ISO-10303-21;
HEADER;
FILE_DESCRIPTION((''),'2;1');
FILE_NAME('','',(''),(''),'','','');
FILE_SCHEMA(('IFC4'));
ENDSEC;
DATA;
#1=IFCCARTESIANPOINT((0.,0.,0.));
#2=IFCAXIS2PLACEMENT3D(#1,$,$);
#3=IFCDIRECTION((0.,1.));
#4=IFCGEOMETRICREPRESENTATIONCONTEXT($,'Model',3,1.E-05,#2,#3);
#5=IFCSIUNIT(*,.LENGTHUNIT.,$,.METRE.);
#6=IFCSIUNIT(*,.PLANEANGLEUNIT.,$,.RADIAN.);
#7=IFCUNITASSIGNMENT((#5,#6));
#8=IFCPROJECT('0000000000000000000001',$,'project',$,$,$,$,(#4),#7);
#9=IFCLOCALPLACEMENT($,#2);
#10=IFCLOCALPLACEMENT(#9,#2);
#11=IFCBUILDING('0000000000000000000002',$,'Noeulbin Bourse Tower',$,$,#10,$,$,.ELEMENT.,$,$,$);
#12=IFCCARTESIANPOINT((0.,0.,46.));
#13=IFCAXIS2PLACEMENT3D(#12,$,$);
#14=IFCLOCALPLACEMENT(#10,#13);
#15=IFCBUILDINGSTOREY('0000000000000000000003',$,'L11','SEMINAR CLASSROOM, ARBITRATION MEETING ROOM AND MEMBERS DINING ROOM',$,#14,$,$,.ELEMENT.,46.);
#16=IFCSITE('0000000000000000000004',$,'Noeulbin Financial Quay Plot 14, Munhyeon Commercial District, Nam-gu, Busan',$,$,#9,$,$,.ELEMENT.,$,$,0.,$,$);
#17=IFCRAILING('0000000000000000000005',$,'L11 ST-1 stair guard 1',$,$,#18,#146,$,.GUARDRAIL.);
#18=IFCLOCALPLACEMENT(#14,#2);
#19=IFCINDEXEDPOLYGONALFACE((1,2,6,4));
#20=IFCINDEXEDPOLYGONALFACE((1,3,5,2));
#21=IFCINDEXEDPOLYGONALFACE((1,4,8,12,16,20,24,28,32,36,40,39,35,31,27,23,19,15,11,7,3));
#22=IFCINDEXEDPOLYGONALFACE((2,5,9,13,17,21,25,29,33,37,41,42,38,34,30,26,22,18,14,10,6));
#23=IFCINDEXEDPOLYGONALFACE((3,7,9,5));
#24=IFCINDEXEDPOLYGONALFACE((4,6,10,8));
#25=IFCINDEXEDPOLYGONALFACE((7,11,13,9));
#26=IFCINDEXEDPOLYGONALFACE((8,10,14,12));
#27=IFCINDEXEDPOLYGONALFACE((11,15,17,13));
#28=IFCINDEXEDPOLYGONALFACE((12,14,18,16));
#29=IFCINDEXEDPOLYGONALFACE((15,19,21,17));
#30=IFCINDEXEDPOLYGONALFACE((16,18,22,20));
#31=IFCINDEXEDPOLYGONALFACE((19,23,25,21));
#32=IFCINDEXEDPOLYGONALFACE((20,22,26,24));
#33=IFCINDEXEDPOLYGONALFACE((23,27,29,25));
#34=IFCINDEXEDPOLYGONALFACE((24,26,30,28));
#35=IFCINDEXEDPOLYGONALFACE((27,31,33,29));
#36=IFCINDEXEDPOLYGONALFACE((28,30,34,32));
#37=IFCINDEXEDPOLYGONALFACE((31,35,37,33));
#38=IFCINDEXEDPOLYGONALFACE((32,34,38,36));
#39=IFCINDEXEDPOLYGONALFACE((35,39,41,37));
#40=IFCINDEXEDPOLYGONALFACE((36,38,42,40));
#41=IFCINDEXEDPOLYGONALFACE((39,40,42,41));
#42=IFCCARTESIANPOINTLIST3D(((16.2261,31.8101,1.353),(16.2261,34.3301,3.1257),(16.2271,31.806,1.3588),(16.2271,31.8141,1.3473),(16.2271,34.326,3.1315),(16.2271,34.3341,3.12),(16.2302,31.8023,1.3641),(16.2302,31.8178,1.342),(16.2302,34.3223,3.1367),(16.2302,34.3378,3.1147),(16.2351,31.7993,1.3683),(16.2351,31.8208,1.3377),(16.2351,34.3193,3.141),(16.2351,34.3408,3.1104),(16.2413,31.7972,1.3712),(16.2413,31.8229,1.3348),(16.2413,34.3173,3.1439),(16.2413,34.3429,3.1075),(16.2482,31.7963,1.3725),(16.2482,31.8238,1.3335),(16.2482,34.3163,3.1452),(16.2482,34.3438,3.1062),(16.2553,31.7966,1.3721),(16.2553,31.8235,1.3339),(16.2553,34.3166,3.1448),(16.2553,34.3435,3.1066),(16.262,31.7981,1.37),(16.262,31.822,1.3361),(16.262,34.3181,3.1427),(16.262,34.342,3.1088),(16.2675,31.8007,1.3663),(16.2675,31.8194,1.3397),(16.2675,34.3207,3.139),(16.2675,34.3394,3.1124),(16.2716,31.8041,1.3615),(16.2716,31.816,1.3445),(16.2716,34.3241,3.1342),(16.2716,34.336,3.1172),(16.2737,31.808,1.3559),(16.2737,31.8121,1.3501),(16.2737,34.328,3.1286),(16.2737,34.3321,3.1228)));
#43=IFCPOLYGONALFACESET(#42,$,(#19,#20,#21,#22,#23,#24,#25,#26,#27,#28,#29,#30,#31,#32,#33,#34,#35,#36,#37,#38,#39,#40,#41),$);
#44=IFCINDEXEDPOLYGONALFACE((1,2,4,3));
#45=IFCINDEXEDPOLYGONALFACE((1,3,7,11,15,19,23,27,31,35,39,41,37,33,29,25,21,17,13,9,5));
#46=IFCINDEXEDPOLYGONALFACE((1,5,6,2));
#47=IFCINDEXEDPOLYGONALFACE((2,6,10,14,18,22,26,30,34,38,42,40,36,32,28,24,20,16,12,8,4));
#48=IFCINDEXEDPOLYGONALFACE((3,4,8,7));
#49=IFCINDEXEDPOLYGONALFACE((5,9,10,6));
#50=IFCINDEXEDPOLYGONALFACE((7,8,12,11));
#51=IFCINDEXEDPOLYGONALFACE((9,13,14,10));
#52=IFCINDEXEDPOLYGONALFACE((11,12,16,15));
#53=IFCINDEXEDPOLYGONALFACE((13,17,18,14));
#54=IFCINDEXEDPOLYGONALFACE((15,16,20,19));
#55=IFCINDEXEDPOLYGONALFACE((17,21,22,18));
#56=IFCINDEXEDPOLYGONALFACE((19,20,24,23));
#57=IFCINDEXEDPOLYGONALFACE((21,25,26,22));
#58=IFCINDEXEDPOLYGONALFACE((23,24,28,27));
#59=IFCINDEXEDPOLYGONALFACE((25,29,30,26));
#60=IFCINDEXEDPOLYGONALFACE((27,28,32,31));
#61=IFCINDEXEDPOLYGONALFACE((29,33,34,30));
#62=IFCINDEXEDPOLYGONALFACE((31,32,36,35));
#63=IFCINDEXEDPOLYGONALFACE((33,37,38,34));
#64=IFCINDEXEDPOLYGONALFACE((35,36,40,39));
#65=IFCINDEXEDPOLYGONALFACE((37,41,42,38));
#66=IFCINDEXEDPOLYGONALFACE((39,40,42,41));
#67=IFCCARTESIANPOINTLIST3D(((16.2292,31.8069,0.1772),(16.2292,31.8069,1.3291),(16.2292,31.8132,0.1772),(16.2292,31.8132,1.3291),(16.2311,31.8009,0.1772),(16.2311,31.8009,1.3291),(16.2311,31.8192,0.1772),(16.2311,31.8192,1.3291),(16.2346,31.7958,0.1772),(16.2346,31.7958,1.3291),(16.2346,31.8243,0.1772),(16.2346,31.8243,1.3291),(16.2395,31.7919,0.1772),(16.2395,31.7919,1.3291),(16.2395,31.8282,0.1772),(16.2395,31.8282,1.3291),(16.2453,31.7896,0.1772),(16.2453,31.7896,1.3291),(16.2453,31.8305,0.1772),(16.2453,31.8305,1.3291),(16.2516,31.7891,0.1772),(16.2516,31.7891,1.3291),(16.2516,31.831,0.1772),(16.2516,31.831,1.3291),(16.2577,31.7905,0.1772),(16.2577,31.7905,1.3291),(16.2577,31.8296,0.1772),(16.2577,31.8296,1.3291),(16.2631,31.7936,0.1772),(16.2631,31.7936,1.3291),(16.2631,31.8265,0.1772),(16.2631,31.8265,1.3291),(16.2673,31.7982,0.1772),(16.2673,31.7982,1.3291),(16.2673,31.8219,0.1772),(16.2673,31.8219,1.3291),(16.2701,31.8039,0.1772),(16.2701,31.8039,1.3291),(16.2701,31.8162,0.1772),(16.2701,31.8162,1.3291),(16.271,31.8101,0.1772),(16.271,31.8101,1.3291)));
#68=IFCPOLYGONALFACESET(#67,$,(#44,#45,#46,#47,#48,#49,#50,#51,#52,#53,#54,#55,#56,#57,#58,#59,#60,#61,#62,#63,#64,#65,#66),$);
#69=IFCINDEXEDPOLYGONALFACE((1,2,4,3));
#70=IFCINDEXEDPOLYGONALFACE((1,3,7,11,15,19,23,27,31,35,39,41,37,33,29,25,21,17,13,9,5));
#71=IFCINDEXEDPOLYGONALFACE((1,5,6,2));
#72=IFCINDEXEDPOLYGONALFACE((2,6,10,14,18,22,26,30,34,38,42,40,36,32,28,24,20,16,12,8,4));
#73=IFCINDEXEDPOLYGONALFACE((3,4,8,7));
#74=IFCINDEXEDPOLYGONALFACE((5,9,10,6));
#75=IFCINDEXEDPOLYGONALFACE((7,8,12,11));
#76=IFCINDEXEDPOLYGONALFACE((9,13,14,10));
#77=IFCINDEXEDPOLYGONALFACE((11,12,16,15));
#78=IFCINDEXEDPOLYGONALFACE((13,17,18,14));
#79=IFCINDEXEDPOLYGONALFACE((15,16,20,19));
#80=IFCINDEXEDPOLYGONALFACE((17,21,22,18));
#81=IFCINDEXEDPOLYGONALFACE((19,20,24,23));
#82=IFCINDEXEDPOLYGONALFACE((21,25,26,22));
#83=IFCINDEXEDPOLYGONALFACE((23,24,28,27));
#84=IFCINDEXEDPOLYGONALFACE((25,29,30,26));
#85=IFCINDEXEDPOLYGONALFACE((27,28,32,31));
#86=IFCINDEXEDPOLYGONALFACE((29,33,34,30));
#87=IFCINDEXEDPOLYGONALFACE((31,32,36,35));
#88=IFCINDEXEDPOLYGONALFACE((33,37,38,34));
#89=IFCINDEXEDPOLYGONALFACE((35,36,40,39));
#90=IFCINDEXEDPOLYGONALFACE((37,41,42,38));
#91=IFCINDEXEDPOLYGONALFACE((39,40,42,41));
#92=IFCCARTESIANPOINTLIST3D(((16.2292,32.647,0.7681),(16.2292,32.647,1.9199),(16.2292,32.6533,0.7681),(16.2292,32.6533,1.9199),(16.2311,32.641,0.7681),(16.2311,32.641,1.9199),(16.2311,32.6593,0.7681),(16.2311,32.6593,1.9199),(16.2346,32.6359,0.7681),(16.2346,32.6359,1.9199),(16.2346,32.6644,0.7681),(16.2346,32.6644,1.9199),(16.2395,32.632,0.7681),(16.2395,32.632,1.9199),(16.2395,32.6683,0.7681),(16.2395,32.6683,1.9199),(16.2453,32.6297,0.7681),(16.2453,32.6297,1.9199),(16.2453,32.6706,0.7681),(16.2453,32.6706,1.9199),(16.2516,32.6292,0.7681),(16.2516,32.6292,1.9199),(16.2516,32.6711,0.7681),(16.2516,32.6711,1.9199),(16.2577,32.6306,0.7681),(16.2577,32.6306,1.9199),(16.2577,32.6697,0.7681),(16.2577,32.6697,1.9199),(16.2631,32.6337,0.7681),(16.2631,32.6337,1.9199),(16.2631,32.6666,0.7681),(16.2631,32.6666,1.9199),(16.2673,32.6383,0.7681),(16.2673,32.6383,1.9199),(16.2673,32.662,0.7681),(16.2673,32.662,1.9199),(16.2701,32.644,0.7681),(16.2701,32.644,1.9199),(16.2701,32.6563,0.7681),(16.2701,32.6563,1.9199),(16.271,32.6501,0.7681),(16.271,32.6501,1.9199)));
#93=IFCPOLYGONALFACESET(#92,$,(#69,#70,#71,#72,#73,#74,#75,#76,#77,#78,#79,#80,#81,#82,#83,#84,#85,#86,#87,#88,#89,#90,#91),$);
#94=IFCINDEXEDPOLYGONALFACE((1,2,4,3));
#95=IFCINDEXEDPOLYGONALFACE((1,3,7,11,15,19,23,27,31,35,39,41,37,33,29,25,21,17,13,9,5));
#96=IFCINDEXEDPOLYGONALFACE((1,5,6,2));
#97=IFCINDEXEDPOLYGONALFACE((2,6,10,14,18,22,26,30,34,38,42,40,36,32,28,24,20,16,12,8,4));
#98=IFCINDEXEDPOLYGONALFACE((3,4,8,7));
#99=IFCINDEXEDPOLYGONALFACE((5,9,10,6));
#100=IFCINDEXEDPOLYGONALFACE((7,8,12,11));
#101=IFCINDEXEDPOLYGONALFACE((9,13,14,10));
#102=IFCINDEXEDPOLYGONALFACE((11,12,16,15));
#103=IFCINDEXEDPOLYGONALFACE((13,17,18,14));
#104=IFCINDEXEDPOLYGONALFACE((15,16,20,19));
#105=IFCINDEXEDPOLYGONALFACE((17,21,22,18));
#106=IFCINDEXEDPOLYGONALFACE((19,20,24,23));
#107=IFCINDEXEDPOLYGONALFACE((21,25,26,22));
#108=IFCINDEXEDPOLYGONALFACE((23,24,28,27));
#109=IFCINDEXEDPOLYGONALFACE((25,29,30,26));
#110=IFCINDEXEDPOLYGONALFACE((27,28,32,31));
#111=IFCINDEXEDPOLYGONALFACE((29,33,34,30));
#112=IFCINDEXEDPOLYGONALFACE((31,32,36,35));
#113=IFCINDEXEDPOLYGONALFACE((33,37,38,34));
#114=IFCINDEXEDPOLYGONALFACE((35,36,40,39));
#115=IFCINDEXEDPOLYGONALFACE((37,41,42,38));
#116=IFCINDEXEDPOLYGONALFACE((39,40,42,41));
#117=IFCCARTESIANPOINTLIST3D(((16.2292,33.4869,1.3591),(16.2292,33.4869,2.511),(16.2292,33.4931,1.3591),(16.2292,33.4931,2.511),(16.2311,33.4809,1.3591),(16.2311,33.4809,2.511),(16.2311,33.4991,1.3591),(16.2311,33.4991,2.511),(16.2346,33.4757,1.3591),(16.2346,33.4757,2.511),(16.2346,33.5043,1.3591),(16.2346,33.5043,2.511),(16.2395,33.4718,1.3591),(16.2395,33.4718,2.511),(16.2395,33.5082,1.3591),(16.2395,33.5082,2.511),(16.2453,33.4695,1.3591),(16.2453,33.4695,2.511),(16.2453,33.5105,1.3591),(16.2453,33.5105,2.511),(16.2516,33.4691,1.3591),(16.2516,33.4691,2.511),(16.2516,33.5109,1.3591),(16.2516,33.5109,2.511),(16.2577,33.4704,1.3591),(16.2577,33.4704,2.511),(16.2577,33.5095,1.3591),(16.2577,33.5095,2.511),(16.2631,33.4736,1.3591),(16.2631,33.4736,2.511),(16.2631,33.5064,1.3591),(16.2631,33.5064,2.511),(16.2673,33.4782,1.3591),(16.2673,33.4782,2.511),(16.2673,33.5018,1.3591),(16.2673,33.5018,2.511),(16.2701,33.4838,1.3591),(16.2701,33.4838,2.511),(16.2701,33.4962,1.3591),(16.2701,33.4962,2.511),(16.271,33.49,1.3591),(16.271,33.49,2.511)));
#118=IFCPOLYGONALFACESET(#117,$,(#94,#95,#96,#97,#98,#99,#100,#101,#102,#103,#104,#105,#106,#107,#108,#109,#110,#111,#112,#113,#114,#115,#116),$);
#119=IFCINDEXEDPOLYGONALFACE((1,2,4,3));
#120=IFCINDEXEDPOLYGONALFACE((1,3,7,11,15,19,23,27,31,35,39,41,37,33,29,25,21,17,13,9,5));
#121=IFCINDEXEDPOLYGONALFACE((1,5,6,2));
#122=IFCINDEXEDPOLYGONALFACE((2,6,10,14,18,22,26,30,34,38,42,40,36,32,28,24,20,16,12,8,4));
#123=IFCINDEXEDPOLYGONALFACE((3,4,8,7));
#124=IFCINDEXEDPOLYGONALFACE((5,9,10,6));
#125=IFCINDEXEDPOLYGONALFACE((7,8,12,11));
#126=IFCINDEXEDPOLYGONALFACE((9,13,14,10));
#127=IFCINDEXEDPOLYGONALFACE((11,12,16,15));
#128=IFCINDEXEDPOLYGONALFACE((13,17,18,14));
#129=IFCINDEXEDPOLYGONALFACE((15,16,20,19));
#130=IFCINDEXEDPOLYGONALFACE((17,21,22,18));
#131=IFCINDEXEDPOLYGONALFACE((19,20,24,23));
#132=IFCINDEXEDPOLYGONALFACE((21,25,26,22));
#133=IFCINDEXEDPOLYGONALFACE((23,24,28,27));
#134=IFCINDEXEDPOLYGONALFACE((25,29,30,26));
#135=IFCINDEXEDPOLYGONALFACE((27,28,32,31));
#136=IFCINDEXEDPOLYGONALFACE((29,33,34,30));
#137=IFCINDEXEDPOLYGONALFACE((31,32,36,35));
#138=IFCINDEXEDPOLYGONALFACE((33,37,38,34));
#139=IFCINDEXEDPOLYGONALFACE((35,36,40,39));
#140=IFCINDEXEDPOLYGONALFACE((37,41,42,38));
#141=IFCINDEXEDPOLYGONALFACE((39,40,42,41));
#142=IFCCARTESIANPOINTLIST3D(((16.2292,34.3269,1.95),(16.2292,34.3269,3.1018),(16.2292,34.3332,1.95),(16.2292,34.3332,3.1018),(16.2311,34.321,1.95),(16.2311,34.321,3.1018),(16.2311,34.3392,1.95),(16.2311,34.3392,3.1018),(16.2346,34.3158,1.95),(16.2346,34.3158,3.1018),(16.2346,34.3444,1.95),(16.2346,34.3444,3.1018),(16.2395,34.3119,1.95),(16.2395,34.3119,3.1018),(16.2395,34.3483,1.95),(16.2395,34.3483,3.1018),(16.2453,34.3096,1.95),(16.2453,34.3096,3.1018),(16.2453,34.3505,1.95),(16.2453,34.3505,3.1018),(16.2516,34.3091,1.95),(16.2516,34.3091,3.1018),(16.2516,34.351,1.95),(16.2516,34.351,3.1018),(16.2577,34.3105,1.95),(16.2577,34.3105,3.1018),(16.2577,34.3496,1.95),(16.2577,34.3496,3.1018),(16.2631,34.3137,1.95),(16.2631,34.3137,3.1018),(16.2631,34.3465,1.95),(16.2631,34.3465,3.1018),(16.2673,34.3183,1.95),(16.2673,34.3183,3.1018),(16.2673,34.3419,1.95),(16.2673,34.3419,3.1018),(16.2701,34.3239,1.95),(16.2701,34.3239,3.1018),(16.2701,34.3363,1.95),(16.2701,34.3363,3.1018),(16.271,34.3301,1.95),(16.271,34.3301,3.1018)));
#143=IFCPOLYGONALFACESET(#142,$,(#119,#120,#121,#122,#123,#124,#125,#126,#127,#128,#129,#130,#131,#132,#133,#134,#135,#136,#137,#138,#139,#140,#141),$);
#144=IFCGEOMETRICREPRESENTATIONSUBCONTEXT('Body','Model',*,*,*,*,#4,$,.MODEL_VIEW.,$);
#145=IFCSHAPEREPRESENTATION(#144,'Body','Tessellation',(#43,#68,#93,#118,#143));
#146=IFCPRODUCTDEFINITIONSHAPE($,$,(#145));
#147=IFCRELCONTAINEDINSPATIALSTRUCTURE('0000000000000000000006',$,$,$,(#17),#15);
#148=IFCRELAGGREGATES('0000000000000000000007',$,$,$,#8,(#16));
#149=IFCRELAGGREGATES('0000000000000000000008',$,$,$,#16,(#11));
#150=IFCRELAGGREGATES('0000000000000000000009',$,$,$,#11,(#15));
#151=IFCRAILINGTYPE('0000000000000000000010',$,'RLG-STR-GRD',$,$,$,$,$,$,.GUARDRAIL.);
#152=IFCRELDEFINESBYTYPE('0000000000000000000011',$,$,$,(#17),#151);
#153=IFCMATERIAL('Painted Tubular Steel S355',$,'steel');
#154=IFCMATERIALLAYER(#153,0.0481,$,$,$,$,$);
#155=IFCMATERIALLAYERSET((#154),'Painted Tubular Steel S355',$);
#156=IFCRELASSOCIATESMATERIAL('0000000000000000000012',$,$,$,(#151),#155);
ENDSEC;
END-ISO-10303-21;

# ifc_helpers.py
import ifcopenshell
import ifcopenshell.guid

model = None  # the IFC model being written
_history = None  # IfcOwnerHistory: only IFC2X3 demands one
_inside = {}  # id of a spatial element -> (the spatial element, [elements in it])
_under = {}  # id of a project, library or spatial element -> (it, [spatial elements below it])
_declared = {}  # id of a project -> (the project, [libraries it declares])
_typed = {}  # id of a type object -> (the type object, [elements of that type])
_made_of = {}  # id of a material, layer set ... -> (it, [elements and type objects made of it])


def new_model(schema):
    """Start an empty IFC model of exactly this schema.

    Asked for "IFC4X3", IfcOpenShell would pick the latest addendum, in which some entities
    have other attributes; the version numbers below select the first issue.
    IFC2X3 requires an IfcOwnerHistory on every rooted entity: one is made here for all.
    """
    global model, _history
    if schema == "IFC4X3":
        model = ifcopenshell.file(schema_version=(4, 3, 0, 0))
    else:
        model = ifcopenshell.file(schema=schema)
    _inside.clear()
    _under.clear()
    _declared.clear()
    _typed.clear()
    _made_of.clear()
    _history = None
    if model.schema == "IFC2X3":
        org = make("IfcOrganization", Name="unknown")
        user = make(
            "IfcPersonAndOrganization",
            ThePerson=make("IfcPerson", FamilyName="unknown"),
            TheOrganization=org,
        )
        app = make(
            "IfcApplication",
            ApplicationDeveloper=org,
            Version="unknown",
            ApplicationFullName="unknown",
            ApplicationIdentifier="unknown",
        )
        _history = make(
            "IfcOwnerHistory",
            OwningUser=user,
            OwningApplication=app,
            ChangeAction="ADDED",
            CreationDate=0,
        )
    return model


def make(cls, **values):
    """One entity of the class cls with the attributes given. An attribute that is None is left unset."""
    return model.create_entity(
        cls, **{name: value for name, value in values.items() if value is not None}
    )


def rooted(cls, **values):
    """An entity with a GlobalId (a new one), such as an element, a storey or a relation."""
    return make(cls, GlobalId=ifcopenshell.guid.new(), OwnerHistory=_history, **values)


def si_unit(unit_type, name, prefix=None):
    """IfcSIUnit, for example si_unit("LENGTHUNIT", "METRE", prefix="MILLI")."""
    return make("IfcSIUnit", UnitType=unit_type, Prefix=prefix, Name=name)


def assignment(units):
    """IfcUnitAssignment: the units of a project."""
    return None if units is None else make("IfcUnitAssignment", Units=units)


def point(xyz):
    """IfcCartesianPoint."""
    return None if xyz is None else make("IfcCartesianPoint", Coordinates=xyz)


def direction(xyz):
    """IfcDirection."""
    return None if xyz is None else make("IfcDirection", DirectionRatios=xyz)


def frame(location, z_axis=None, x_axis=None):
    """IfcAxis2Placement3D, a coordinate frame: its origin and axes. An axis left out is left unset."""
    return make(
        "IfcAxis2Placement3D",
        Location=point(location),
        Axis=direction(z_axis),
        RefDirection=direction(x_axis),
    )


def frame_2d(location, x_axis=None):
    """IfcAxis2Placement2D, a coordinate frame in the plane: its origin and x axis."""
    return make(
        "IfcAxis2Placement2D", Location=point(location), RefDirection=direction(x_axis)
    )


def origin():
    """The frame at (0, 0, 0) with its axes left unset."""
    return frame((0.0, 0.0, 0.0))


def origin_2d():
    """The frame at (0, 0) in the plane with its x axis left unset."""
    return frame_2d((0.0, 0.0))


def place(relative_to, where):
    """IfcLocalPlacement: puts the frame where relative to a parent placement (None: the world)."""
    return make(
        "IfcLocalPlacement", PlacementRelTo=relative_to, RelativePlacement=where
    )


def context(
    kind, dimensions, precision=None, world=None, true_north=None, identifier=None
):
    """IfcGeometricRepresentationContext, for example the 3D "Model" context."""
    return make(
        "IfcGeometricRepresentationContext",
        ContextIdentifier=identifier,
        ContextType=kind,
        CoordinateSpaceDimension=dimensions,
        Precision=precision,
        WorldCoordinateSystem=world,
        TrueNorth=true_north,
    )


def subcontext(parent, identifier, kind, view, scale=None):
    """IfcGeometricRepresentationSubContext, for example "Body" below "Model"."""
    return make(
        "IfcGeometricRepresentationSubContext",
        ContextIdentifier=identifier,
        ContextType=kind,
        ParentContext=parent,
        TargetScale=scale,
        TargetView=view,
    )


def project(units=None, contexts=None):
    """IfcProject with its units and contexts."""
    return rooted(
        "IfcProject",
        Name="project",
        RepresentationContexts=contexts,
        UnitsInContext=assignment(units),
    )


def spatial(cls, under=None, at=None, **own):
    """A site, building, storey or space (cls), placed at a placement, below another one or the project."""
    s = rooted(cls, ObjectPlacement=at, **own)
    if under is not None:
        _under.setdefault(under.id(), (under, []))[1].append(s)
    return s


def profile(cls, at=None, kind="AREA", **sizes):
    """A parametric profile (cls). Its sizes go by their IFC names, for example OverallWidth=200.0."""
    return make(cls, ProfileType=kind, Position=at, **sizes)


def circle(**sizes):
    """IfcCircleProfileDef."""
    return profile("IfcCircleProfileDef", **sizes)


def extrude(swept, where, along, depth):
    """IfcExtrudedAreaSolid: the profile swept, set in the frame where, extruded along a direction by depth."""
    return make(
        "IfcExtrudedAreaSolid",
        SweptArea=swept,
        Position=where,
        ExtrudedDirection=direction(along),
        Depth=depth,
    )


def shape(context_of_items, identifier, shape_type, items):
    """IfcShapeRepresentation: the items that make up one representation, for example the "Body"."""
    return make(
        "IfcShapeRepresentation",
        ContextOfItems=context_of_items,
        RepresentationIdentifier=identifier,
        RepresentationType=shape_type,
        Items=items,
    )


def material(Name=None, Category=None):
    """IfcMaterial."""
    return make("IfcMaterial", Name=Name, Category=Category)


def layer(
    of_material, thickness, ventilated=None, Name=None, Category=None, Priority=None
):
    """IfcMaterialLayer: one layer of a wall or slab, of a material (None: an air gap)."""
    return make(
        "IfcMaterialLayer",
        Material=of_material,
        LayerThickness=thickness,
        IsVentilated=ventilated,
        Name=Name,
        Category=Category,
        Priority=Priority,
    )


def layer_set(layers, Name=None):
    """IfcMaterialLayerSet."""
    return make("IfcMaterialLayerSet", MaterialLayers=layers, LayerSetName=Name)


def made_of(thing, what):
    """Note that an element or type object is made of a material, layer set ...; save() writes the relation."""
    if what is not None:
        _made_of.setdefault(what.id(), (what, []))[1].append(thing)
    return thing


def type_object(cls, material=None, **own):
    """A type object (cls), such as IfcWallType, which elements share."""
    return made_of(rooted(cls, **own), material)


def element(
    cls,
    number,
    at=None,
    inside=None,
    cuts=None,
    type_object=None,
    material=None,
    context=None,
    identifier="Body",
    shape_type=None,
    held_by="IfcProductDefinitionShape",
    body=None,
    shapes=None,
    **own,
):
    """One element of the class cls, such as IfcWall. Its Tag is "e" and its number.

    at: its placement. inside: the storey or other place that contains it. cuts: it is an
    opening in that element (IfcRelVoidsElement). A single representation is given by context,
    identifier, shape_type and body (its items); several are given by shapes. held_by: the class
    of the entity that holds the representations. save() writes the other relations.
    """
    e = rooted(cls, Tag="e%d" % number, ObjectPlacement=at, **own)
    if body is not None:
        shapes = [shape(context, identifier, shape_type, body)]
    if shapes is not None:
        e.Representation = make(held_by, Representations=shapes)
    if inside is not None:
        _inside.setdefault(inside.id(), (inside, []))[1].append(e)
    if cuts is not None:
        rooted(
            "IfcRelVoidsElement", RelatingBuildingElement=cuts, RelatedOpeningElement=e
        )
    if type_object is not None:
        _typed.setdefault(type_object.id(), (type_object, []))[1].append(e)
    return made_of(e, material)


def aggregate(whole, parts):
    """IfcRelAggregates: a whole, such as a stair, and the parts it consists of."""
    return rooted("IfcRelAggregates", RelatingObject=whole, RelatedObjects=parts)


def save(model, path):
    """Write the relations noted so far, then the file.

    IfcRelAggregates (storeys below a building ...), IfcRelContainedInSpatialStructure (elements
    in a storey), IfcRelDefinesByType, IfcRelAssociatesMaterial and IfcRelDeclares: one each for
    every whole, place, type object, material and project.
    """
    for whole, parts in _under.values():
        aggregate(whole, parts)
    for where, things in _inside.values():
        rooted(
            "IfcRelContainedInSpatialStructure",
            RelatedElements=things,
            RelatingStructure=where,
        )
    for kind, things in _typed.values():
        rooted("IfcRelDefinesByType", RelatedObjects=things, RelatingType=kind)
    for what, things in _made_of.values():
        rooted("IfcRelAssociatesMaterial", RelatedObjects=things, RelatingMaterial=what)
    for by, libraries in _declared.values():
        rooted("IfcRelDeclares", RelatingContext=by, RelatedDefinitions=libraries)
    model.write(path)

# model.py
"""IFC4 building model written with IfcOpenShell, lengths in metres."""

from ifc_helpers import new_model, si_unit, direction, frame, origin, origin_2d, place, context, subcontext, project, spatial, circle, extrude, material, layer, layer_set, type_object, element, save


model = new_model("IFC4")

# Units and contexts
model_context = context("Model", 3, precision=1e-05, world=origin(), true_north=direction((0.0, 1.0)))
body_context = subcontext(model_context, "Body", "Model", "MODEL_VIEW")
ifc_project = project(units=[si_unit("LENGTHUNIT", "METRE"), si_unit("PLANEANGLEUNIT", "RADIAN")], contexts=[model_context])

# Site, building, storey
site_placement = place(None, origin())
site = spatial("IfcSite", under=ifc_project, at=site_placement, Name="Noeulbin Financial Quay Plot 14, Munhyeon Commercial District, Nam-gu, Busan", CompositionType="ELEMENT", RefElevation=0.0)
building_placement = place(site_placement, origin())
building = spatial("IfcBuilding", under=site, at=building_placement, Name="Noeulbin Bourse Tower", CompositionType="ELEMENT")
storey_placement = place(building_placement, frame((0.0, 0.0, 46.0)))
storey = spatial("IfcBuildingStorey", under=building, at=storey_placement, Name="L11", Description="SEMINAR CLASSROOM, ARBITRATION MEETING ROOM AND MEMBERS DINING ROOM", CompositionType="ELEMENT", Elevation=46.0)

# Railing
ifc_material_1 = material(Name="Painted Tubular Steel S355", Category="steel")
ifc_layer_1 = layer(ifc_material_1, 0.0481)
ifc_layer_set_1 = layer_set([ifc_layer_1], Name="Painted Tubular Steel S355")
railing_type_1 = type_object("IfcRailingType", Name="RLG-STR-GRD", PredefinedType="GUARDRAIL", material=ifc_layer_set_1)
railing_1_placement = place(storey_placement, frame((16.25, 31.8101, 0.1772)))
element("IfcRailing", 1, at=railing_1_placement, inside=storey, type_object=railing_type_1, Name="L11 ST-1 stair guard 1", PredefinedType="GUARDRAIL", context=body_context, shape_type="SweptSolid", body=[
    extrude(circle(Radius=0.0239, at=origin_2d()), frame((0.0, 0.0, 1.1758), z_axis=(0.0, 0.817904, 0.575354), x_axis=(-1.0, 0.0, 0.0)), (0.0, 0.0, 1.0), 3.0811),
    extrude(circle(Radius=0.021, at=origin_2d()), origin(), (0.0, 0.0, 1.0), 1.1519),
    extrude(circle(Radius=0.021, at=origin_2d()), frame((0.0, 0.8401, 0.5908)), (0.0, 0.0, 1.0), 1.1519),
    extrude(circle(Radius=0.021, at=origin_2d()), frame((0.0, 1.6799, 1.1819)), (0.0, 0.0, 1.0), 1.1519),
    extrude(circle(Radius=0.021, at=origin_2d()), frame((0.0, 2.52, 1.7727)), (0.0, 0.0, 1.0), 1.1519),
])

save(model, "model.ifc")
